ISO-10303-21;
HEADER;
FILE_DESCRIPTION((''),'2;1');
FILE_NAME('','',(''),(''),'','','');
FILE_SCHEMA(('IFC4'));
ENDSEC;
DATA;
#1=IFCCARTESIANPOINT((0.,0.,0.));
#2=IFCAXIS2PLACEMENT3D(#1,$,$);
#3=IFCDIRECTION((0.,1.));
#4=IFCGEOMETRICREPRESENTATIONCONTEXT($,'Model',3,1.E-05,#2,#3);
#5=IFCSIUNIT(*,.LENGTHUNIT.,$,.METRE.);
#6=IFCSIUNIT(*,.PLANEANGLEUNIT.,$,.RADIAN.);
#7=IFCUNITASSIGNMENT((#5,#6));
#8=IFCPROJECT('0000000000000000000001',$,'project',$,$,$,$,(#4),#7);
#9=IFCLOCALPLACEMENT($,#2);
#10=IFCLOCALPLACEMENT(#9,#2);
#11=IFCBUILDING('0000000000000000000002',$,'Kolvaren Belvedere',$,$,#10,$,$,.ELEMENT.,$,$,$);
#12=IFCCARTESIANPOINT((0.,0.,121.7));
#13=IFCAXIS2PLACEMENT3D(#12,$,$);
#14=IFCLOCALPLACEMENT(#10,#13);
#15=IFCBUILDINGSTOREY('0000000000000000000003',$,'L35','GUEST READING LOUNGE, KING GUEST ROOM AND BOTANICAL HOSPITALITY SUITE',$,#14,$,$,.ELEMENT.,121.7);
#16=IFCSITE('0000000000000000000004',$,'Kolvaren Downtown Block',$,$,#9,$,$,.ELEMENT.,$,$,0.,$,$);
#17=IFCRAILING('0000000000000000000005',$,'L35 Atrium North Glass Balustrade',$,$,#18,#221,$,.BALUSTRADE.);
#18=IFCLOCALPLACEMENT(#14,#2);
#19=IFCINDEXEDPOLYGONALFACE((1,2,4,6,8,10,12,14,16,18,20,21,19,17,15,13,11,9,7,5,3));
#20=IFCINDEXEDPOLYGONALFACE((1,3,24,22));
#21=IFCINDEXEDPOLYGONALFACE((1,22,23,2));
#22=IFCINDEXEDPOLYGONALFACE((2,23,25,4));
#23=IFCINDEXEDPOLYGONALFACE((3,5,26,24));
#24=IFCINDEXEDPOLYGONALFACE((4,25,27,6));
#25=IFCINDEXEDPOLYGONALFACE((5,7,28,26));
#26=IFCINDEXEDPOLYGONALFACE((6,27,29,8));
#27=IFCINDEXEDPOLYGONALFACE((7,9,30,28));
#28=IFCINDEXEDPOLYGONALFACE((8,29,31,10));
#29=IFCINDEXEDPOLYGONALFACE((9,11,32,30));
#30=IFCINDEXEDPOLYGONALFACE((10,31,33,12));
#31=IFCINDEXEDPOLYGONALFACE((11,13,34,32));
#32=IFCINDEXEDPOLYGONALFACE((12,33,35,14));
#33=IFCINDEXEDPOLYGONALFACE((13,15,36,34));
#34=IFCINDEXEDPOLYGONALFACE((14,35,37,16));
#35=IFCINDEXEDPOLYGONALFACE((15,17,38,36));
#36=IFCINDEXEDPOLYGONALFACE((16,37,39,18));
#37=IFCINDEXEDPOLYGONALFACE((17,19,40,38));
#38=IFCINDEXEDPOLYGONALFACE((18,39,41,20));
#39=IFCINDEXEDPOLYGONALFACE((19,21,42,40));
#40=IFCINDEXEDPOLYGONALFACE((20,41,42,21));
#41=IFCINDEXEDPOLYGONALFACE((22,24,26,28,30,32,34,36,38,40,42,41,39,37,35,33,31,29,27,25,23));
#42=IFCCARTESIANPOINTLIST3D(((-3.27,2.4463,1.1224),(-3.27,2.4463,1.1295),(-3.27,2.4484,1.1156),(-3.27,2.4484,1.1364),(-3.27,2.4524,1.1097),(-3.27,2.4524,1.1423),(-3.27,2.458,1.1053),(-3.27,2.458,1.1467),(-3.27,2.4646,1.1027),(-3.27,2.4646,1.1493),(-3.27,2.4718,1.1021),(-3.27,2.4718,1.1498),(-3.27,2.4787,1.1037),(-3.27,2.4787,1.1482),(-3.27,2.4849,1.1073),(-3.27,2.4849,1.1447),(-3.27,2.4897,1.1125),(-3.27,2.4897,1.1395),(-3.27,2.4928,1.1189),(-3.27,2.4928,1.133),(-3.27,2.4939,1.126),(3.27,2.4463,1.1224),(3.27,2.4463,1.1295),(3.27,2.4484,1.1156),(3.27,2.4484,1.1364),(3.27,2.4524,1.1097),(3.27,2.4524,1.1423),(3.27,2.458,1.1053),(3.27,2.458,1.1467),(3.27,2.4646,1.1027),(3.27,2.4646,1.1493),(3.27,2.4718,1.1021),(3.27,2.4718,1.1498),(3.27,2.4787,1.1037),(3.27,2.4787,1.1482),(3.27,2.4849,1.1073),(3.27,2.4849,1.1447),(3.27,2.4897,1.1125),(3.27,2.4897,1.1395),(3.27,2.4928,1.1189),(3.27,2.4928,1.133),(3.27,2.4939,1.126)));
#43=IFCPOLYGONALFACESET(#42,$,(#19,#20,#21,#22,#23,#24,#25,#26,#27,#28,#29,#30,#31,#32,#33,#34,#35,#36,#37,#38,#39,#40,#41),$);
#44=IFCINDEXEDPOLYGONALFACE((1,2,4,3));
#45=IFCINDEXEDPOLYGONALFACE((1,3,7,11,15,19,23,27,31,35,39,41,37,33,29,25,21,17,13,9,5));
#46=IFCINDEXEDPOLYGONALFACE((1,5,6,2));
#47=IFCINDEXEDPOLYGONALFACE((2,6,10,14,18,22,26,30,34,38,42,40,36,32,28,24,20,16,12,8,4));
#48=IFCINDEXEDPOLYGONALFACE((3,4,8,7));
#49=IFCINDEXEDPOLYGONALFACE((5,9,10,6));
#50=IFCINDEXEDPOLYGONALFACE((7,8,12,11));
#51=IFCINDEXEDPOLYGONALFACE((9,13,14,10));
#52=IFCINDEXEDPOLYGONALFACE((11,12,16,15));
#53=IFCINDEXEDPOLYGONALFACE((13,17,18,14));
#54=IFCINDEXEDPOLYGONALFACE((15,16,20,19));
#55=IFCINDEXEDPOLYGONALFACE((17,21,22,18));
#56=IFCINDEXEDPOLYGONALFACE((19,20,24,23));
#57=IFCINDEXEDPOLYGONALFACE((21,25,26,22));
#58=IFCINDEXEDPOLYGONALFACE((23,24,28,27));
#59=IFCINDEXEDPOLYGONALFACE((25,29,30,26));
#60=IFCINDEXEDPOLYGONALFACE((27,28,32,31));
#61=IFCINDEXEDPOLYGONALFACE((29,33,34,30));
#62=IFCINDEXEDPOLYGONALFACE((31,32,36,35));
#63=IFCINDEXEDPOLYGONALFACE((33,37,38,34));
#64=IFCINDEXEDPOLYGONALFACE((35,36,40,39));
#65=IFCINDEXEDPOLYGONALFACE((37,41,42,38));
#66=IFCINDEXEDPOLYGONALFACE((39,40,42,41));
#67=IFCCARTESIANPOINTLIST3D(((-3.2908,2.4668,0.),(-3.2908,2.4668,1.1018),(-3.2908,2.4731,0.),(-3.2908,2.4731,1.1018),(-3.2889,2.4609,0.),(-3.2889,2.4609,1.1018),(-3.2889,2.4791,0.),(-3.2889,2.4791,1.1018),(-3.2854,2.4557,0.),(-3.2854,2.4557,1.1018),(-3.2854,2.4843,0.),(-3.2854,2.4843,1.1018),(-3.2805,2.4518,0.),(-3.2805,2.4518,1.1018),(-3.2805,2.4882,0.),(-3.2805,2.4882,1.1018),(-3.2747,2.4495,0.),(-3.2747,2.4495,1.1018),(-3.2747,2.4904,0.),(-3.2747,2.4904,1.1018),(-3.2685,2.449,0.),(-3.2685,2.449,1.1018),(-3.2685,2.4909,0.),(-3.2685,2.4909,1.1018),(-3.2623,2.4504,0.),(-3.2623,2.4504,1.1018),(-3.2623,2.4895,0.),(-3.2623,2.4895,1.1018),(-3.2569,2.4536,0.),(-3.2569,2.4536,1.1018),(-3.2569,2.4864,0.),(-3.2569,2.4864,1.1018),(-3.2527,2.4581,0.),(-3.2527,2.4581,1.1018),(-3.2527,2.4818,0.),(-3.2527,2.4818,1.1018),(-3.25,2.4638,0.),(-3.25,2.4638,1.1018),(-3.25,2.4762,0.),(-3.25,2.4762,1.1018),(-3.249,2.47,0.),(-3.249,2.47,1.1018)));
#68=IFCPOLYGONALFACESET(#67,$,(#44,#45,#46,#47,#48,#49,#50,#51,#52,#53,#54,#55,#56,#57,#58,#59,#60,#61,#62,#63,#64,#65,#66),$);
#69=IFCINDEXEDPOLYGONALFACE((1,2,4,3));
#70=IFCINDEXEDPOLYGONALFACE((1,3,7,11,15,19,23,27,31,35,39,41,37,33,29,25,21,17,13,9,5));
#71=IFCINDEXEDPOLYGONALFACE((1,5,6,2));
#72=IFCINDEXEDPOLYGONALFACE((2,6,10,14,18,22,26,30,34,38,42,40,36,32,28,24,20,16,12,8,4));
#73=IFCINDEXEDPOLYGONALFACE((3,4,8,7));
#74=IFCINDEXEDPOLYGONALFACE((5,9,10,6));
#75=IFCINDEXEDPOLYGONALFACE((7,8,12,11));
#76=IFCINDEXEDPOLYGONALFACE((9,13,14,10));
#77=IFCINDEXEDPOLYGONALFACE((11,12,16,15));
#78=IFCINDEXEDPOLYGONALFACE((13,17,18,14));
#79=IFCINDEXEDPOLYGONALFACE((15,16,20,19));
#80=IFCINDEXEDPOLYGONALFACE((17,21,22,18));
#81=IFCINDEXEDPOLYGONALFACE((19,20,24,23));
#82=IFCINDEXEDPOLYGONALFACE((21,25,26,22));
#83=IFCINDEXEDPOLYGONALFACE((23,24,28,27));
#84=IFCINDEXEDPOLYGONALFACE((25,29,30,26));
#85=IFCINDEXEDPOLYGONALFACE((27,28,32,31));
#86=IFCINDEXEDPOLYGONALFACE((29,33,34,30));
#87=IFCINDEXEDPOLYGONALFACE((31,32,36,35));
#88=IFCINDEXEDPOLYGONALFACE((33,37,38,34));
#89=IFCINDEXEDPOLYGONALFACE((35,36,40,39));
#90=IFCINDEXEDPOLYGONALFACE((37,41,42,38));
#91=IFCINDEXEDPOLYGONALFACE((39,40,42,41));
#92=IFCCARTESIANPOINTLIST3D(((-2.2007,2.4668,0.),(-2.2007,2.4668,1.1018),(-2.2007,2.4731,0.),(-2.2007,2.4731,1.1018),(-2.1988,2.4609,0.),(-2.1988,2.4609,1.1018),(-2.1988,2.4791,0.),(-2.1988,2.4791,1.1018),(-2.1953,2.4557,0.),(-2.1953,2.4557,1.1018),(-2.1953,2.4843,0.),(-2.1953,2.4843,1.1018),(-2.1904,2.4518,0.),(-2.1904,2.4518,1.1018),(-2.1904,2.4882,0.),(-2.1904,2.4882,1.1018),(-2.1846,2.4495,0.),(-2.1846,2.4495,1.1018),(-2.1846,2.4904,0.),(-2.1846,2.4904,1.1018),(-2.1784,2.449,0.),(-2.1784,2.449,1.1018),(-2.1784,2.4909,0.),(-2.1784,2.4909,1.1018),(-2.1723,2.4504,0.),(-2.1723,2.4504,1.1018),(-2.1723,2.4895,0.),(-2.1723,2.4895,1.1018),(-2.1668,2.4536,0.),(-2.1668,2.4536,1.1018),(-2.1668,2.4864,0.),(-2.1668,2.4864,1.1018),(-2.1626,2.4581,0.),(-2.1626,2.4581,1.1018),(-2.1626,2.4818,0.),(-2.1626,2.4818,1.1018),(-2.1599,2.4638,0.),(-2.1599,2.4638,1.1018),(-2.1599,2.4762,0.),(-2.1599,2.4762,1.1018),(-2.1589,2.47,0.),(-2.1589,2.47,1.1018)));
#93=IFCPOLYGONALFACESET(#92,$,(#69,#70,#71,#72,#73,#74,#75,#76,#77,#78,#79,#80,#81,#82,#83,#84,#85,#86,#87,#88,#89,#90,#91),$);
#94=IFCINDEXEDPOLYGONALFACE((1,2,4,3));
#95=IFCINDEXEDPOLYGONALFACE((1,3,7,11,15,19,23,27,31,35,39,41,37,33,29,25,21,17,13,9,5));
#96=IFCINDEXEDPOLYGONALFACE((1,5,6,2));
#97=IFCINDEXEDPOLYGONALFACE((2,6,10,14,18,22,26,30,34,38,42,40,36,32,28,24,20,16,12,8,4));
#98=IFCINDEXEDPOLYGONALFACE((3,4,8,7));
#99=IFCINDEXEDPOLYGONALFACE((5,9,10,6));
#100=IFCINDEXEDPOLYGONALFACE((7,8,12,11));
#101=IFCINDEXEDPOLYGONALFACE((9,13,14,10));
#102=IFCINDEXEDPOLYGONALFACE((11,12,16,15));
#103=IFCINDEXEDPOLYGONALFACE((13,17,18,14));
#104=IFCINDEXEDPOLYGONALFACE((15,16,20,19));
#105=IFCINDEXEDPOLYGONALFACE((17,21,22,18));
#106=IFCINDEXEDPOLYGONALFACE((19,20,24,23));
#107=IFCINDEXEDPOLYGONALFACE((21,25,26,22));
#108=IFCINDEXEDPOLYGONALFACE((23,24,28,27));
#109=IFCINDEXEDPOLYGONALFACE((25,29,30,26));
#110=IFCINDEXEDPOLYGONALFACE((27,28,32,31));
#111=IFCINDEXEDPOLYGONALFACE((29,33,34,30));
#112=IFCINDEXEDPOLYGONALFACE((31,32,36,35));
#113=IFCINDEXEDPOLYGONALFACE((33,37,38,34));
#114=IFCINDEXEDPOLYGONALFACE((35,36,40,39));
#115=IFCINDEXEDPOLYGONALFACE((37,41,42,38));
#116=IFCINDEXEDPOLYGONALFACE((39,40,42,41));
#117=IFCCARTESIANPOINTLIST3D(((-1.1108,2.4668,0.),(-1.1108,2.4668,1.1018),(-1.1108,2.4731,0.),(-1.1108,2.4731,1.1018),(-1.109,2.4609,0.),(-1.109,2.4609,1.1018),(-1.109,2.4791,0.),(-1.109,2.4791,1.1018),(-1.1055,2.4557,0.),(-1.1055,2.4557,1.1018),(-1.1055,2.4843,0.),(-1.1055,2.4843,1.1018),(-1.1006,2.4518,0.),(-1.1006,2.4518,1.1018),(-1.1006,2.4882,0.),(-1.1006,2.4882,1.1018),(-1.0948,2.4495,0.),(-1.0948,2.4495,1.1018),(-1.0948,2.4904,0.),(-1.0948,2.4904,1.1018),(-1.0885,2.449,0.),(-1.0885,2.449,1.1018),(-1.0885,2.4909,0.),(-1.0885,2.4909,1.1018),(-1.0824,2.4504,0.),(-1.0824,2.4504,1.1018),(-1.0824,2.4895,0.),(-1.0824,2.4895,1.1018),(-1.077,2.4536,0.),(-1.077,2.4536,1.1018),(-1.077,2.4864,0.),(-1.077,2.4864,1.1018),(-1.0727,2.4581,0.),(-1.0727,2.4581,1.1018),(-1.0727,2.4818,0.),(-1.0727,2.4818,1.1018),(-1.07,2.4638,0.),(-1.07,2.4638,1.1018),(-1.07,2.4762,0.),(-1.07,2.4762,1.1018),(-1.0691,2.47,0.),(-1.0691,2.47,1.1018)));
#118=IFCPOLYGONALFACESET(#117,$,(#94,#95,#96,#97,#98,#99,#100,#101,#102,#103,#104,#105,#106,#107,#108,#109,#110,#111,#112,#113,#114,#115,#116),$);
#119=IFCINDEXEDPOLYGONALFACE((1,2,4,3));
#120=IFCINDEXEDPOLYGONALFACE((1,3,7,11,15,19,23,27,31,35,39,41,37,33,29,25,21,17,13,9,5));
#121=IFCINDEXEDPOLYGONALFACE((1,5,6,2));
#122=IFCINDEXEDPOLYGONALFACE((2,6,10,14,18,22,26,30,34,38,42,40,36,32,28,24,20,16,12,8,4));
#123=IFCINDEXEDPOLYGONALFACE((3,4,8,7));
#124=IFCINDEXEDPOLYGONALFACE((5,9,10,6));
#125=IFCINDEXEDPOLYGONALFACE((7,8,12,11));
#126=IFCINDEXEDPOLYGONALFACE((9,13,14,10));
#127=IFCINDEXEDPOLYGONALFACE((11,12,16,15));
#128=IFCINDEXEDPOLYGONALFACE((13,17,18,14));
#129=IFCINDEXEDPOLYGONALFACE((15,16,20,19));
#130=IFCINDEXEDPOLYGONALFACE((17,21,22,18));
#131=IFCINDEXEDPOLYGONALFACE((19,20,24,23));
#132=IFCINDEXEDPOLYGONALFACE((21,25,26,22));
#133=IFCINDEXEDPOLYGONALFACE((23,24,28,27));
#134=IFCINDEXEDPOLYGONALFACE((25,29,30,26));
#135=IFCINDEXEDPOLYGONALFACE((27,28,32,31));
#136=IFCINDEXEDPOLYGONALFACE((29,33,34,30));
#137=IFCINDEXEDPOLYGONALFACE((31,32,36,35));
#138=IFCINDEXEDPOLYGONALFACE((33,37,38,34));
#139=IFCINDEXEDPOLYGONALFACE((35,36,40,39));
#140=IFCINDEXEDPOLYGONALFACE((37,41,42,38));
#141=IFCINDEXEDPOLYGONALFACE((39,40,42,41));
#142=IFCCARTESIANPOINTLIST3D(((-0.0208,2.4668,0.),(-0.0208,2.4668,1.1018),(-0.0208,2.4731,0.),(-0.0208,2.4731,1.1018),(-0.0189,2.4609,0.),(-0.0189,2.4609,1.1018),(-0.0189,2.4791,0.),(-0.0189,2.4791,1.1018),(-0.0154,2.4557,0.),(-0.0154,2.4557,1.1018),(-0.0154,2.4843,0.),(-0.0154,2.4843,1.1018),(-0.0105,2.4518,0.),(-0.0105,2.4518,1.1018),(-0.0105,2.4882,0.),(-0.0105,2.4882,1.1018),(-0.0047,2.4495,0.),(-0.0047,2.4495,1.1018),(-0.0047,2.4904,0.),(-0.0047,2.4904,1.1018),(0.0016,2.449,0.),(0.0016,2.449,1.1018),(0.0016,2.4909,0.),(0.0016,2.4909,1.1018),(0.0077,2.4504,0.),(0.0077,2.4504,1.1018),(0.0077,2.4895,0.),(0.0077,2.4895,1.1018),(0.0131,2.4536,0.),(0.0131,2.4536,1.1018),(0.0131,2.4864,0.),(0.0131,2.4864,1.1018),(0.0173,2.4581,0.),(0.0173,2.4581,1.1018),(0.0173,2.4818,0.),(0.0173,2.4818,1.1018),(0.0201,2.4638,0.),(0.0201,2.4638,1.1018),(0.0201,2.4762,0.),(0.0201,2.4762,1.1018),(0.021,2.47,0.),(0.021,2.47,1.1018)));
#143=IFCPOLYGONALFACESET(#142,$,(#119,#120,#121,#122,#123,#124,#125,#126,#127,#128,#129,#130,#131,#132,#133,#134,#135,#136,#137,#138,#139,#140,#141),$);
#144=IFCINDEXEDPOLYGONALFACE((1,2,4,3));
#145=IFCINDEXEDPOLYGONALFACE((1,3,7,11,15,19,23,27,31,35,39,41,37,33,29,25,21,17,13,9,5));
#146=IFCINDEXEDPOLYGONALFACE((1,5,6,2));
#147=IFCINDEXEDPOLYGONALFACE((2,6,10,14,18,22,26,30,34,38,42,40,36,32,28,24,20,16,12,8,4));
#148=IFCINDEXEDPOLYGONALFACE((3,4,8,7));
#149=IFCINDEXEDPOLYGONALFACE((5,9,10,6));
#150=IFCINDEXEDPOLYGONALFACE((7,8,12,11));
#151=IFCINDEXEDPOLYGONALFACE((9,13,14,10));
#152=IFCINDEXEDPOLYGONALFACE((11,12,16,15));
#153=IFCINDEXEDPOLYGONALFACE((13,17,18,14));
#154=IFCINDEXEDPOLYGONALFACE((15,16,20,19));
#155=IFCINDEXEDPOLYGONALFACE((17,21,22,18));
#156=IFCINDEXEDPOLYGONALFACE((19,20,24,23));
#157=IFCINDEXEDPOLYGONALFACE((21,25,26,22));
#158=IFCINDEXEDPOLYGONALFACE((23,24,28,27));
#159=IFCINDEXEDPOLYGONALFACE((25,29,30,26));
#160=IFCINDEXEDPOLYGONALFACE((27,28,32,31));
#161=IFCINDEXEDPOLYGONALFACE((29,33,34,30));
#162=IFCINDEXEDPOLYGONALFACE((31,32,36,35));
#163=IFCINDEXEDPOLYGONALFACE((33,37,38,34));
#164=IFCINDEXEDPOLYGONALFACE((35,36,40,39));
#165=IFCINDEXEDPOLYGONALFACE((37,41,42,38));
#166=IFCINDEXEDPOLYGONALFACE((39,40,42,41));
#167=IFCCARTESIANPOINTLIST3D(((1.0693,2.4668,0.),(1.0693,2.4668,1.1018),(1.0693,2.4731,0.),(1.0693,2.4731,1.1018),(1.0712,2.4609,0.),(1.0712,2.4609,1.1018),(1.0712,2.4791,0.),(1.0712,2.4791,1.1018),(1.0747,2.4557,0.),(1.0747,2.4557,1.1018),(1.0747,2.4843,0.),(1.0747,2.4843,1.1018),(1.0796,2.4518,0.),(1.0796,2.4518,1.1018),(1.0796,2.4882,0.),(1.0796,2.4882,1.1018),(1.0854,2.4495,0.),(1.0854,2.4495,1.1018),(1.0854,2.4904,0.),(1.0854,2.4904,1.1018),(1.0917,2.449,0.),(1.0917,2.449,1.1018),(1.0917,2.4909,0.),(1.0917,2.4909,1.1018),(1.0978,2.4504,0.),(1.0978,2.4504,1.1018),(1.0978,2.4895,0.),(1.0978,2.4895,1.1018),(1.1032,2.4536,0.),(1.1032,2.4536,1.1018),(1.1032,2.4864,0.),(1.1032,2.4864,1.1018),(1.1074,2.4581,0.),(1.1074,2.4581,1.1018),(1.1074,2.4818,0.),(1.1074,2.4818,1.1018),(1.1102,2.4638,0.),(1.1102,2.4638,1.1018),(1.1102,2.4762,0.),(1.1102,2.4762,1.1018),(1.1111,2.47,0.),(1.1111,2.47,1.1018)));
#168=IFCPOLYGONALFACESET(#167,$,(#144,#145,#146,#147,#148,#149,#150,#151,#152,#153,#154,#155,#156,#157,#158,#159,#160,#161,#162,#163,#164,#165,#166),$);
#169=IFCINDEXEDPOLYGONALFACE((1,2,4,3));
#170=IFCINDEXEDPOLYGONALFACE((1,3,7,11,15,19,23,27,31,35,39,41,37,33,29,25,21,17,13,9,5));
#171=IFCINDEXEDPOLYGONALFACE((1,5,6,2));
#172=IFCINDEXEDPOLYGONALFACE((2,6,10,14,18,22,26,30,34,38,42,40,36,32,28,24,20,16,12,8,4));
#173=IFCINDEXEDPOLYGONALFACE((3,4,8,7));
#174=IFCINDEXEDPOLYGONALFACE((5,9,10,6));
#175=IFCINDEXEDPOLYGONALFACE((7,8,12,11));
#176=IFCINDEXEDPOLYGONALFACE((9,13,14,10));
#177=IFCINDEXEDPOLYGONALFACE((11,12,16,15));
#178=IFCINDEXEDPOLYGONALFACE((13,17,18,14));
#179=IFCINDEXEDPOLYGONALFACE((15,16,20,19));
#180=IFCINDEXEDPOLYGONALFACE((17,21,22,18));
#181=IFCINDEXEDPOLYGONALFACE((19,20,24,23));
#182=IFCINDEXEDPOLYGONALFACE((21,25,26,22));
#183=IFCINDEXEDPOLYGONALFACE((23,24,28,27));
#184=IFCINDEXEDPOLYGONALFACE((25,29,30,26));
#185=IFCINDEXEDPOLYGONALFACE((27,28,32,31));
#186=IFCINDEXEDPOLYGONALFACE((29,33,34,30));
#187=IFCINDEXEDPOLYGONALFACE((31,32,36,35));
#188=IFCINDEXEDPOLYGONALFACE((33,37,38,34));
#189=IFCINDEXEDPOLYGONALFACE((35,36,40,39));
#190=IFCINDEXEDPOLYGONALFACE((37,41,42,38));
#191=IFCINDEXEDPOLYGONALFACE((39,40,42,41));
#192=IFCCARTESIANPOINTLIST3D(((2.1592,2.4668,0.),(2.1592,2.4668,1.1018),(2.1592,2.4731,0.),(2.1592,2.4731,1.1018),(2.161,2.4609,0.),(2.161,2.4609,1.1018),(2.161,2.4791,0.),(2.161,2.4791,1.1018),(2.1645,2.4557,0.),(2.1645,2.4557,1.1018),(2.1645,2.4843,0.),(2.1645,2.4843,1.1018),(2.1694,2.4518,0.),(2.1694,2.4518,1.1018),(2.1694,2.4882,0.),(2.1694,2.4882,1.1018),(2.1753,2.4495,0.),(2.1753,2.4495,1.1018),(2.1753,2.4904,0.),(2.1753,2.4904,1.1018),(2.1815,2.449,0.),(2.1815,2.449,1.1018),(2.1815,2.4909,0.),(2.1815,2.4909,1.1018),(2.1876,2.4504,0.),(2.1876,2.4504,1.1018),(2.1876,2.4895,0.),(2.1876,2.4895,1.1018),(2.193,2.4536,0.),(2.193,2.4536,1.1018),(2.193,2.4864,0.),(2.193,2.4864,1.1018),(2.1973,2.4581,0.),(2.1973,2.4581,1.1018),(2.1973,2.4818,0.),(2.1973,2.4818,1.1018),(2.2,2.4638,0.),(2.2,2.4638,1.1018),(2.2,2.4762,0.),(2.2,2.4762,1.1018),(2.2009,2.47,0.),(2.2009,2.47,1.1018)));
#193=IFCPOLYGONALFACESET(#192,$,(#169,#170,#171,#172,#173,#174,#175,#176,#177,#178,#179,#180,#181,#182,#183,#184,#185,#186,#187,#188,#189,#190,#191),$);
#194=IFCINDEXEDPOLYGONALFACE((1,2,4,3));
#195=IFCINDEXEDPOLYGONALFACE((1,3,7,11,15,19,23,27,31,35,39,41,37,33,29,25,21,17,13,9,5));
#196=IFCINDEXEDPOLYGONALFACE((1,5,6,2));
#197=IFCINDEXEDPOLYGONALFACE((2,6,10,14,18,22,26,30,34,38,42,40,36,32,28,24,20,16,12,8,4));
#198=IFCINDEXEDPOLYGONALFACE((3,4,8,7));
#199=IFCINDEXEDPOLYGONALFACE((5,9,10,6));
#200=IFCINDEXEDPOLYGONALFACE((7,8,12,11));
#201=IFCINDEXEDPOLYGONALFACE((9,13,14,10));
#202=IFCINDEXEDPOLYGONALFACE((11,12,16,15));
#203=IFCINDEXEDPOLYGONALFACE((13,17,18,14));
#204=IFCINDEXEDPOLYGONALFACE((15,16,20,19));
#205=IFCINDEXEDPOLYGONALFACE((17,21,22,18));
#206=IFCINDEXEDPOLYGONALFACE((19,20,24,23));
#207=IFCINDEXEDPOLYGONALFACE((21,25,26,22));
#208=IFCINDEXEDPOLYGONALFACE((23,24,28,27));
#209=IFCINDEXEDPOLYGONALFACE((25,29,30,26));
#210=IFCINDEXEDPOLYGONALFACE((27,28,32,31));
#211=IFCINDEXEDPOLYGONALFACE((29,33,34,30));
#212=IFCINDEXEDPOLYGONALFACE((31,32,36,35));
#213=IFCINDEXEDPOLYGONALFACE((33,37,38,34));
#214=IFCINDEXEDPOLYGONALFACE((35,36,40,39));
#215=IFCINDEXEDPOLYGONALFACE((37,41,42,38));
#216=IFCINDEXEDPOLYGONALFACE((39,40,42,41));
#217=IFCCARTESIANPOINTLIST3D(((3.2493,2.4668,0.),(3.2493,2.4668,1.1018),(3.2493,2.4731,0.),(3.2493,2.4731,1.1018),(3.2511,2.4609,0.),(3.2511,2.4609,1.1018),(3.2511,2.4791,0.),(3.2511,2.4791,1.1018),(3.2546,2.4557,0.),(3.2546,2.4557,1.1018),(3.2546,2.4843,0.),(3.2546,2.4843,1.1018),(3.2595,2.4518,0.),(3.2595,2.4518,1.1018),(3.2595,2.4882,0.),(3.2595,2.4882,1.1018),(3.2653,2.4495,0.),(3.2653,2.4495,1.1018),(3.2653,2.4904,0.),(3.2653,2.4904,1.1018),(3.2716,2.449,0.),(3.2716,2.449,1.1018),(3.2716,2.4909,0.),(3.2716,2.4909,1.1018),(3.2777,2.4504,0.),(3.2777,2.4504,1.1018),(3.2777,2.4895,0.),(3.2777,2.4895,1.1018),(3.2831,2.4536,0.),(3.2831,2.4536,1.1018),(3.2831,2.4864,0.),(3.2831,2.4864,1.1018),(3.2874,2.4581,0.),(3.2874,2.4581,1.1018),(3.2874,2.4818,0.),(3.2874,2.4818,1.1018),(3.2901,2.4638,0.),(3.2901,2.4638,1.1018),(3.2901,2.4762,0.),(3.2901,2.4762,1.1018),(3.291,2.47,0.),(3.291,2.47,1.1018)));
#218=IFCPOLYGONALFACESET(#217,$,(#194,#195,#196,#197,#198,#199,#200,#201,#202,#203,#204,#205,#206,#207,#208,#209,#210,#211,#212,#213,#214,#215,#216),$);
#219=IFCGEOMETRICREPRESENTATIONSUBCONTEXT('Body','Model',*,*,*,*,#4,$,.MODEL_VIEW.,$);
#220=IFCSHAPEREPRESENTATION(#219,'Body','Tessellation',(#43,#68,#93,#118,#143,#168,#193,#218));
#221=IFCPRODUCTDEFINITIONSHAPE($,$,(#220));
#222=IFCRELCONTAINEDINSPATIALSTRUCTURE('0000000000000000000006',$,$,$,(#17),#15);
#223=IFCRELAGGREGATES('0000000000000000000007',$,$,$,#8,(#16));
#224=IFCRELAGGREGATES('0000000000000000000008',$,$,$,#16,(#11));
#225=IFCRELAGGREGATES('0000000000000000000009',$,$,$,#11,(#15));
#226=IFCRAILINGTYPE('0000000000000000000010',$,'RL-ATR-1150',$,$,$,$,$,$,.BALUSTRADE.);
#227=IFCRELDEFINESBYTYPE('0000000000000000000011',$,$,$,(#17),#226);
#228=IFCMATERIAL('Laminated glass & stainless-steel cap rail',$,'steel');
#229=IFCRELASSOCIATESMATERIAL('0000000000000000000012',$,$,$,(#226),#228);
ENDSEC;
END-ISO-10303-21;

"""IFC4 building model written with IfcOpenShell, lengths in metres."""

from ifc_helpers import new_model, si_unit, direction, frame, origin, origin_2d, place, context, subcontext, project, spatial, circle, extrude, material, type_object, element, save


model = new_model("IFC4")

# Units and contexts
model_context = context("Model", 3, precision=1e-05, world=origin(), true_north=direction((0.0, 1.0)))
body_context = subcontext(model_context, "Body", "Model", "MODEL_VIEW")
ifc_project = project(units=[si_unit("LENGTHUNIT", "METRE"), si_unit("PLANEANGLEUNIT", "RADIAN")], contexts=[model_context])

# Site, building, storey
site_placement = place(None, origin())
site = spatial("IfcSite", under=ifc_project, at=site_placement, Name="Kolvaren Downtown Block", CompositionType="ELEMENT", RefElevation=0.0)
building_placement = place(site_placement, origin())
building = spatial("IfcBuilding", under=site, at=building_placement, Name="Kolvaren Belvedere", CompositionType="ELEMENT")
storey_placement = place(building_placement, frame((0.0, 0.0, 121.7)))
storey = spatial("IfcBuildingStorey", under=building, at=storey_placement, Name="L35", Description="GUEST READING LOUNGE, KING GUEST ROOM AND BOTANICAL HOSPITALITY SUITE", CompositionType="ELEMENT", Elevation=121.7)

# Railing
ifc_material_1 = material(Name="Laminated glass & stainless-steel cap rail", Category="steel")
railing_type_1 = type_object("IfcRailingType", Name="RL-ATR-1150", PredefinedType="BALUSTRADE", material=ifc_material_1)
railing_1_placement = place(storey_placement, frame((-3.27, 2.47, 0.0)))
element("IfcRailing", 1, at=railing_1_placement, inside=storey, type_object=railing_type_1, Name="L35 Atrium North Glass Balustrade", PredefinedType="BALUSTRADE", context=body_context, shape_type="SweptSolid", body=[
    extrude(circle(Radius=0.0239, at=origin_2d()), frame((0.0, 0.0, 1.126), z_axis=(1.0, 0.0, 0.0), x_axis=(0.0, 1.0, 0.0)), (0.0, 0.0, 1.0), 6.54),
    extrude(circle(Radius=0.021, at=origin_2d()), origin(), (0.0, 0.0, 1.0), 1.1018),
    extrude(circle(Radius=0.021, at=origin_2d()), frame((1.0901, 0.0, 0.0)), (0.0, 0.0, 1.0), 1.1018),
    extrude(circle(Radius=0.021, at=origin_2d()), frame((2.1799, 0.0, 0.0)), (0.0, 0.0, 1.0), 1.1018),
    extrude(circle(Radius=0.021, at=origin_2d()), frame((3.27, 0.0, 0.0)), (0.0, 0.0, 1.0), 1.1018),
    extrude(circle(Radius=0.021, at=origin_2d()), frame((4.3601, 0.0, 0.0)), (0.0, 0.0, 1.0), 1.1018),
    extrude(circle(Radius=0.021, at=origin_2d()), frame((5.45, 0.0, 0.0)), (0.0, 0.0, 1.0), 1.1018),
    extrude(circle(Radius=0.021, at=origin_2d()), frame((6.54, 0.0, 0.0)), (0.0, 0.0, 1.0), 1.1018),
])

save(model, "model.ifc")
